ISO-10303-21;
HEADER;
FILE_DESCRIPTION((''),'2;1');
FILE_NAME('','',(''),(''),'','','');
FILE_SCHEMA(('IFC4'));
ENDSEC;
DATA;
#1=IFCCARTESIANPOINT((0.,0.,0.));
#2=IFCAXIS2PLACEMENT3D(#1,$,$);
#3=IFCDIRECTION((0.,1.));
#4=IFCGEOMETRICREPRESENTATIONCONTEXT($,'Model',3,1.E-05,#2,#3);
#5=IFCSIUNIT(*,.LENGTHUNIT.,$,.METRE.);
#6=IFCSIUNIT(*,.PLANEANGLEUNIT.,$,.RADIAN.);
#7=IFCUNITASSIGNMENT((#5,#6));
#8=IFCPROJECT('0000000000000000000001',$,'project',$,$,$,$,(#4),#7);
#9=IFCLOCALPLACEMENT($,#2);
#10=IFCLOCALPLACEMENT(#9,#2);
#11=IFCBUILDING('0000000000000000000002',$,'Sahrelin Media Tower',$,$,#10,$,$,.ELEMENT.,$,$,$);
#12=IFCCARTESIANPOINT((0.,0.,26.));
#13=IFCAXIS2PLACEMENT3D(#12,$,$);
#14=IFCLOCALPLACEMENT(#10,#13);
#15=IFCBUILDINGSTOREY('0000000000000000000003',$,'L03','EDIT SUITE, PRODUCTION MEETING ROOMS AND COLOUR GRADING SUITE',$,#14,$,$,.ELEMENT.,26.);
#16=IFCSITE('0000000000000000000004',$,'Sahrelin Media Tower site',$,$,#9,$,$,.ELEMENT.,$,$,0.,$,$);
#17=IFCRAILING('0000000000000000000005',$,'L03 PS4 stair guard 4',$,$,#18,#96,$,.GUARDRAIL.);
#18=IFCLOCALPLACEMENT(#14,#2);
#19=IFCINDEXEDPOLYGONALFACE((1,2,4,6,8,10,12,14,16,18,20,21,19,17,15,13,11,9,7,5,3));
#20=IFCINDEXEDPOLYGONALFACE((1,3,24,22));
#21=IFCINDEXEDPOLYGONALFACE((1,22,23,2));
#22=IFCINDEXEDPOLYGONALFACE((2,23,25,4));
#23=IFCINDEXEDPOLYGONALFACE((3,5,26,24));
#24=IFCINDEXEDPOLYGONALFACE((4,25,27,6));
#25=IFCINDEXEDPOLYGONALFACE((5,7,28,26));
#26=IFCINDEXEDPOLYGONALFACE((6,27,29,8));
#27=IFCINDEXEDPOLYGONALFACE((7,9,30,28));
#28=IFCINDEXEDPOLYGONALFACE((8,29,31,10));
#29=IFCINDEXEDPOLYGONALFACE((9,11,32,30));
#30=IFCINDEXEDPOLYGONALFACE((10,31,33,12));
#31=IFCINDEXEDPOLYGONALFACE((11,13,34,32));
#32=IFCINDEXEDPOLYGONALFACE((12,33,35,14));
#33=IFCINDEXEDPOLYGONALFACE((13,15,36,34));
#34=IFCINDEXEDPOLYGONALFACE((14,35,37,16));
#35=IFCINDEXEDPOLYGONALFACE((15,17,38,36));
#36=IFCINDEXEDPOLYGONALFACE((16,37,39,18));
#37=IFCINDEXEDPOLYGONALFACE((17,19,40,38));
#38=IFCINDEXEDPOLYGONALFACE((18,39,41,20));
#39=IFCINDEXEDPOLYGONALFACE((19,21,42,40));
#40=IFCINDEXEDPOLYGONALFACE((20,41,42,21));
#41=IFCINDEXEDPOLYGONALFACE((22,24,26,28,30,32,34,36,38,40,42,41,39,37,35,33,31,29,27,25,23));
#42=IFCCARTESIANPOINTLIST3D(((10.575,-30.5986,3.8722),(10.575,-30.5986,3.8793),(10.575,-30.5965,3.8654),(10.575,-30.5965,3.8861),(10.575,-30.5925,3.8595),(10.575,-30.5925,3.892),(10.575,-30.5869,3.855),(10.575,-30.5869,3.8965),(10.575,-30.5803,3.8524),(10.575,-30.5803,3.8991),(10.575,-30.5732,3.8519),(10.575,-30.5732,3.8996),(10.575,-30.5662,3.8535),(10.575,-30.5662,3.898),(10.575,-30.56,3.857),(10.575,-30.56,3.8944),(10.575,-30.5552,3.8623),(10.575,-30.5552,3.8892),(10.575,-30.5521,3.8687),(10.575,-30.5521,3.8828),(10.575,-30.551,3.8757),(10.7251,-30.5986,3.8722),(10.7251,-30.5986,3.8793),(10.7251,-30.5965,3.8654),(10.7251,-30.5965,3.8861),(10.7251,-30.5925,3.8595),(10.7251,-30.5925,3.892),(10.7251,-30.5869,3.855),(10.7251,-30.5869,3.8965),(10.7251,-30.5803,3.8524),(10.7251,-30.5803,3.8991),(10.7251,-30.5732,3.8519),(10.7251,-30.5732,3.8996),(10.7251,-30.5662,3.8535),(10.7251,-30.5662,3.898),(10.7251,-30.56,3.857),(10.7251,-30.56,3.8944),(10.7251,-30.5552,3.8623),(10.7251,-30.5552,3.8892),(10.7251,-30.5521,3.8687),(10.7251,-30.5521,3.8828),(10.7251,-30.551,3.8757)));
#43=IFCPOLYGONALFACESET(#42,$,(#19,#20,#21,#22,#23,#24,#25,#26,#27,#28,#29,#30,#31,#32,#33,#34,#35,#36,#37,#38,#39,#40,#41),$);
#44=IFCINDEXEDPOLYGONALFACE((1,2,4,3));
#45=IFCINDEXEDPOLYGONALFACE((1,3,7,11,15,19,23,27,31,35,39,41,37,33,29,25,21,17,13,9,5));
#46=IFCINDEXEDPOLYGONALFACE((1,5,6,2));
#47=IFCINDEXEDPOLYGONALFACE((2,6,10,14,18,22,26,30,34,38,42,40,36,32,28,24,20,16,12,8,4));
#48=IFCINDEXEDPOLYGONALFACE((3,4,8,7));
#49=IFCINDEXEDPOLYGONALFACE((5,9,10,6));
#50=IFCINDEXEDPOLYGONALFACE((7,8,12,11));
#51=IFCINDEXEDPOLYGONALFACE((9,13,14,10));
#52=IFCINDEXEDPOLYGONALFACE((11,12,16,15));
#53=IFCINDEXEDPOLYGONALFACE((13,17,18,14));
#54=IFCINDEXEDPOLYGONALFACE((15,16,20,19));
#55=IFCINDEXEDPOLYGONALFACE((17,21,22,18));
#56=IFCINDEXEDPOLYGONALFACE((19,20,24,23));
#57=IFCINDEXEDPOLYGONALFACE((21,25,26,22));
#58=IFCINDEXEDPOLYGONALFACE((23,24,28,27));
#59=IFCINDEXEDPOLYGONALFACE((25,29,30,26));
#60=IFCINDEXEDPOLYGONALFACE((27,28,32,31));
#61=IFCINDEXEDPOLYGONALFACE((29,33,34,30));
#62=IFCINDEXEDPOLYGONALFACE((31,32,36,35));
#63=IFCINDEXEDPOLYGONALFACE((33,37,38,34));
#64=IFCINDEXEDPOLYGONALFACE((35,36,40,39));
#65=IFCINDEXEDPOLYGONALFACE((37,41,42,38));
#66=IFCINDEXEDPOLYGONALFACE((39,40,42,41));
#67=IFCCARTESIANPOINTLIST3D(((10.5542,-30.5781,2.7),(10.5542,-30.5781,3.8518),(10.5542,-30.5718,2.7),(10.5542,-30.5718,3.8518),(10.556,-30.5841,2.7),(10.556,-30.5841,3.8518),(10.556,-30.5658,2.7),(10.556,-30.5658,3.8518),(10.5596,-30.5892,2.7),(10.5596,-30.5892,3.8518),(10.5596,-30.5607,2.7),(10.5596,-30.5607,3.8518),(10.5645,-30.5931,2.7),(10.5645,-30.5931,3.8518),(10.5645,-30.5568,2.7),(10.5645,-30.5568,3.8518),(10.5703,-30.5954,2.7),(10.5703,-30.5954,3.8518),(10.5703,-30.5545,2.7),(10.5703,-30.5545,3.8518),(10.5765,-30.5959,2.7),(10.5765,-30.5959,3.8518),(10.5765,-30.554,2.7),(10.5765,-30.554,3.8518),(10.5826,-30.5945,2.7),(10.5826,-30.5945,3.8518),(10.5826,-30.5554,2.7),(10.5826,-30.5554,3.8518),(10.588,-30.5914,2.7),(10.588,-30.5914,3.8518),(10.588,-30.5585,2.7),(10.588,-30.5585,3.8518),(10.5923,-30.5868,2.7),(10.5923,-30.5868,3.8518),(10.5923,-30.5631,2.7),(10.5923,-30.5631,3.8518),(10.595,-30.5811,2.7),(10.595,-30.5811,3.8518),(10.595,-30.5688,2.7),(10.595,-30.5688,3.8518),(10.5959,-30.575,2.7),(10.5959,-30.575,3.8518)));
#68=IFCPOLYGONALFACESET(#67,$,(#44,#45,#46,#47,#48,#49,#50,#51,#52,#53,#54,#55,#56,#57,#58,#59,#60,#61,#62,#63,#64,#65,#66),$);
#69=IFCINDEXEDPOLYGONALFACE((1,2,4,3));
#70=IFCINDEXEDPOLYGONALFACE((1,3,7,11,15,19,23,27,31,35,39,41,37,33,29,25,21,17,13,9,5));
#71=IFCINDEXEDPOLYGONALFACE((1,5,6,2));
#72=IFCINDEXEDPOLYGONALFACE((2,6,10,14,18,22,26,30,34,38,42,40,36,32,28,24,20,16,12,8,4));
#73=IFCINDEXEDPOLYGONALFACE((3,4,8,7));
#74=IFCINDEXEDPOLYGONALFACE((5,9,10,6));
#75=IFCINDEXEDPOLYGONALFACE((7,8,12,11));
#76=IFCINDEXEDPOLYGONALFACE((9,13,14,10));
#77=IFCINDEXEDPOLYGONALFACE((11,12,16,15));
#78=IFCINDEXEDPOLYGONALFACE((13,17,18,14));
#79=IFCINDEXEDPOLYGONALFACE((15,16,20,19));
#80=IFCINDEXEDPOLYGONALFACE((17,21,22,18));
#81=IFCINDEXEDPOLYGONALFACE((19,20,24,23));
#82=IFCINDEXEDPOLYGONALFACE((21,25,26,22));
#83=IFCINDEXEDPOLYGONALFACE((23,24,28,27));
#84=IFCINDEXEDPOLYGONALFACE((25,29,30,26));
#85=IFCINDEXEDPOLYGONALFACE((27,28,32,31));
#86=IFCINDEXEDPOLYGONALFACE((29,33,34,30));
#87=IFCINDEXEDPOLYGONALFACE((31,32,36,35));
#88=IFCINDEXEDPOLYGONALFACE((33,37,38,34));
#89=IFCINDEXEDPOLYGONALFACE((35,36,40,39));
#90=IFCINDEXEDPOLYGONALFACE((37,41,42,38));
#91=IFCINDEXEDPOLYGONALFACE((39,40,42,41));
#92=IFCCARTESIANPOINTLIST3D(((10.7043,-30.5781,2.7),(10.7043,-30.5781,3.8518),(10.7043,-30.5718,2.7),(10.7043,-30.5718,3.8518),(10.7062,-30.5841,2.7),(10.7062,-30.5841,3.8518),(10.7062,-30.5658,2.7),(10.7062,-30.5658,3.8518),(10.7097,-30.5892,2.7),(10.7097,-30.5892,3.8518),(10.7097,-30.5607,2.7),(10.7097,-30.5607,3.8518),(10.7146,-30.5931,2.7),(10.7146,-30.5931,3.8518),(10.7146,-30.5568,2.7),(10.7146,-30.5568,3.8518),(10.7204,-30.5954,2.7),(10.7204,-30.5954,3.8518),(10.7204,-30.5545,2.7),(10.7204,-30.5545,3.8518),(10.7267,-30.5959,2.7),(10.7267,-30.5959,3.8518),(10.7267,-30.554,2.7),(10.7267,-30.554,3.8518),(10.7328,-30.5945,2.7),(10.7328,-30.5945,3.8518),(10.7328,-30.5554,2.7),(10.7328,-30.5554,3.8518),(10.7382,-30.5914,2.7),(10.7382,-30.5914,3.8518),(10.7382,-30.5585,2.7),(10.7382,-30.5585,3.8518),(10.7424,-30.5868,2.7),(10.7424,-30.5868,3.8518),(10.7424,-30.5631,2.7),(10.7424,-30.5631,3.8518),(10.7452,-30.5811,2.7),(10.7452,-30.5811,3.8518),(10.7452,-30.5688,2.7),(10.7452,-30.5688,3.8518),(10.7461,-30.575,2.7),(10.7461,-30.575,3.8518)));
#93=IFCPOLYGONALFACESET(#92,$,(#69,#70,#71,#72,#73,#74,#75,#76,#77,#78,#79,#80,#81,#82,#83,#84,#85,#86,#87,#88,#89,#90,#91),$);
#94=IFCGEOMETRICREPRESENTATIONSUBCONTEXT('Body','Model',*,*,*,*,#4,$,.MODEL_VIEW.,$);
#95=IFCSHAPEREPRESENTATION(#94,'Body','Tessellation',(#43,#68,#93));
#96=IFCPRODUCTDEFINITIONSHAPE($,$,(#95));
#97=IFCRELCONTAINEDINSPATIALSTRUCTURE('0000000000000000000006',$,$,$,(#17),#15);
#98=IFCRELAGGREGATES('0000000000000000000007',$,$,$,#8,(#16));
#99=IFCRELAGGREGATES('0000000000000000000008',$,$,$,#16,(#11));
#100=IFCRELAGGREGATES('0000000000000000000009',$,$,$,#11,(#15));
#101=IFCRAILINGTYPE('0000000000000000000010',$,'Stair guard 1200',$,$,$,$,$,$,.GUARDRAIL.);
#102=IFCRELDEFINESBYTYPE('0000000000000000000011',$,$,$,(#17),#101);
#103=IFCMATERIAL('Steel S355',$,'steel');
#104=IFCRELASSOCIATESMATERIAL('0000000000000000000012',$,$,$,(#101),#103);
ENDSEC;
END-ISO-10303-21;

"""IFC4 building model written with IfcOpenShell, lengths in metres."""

from ifc_helpers import new_model, si_unit, direction, frame, origin, origin_2d, place, context, subcontext, project, spatial, circle, extrude, material, type_object, element, save


model = new_model("IFC4")

# Units and contexts
model_context = context("Model", 3, precision=1e-05, world=origin(), true_north=direction((0.0, 1.0)))
body_context = subcontext(model_context, "Body", "Model", "MODEL_VIEW")
ifc_project = project(units=[si_unit("LENGTHUNIT", "METRE"), si_unit("PLANEANGLEUNIT", "RADIAN")], contexts=[model_context])

# Site, building, storey
site_placement = place(None, origin())
site = spatial("IfcSite", under=ifc_project, at=site_placement, Name="Sahrelin Media Tower site", CompositionType="ELEMENT", RefElevation=0.0)
building_placement = place(site_placement, origin())
building = spatial("IfcBuilding", under=site, at=building_placement, Name="Sahrelin Media Tower", CompositionType="ELEMENT")
storey_placement = place(building_placement, frame((0.0, 0.0, 26.0)))
storey = spatial("IfcBuildingStorey", under=building, at=storey_placement, Name="L03", Description="EDIT SUITE, PRODUCTION MEETING ROOMS AND COLOUR GRADING SUITE", CompositionType="ELEMENT", Elevation=26.0)

# Shared definitions
ifc_material_1 = material(Name="Steel S355", Category="steel")

# Railing
railing_type_1 = type_object("IfcRailingType", Name="Stair guard 1200", PredefinedType="GUARDRAIL", material=ifc_material_1)
railing_1_placement = place(storey_placement, frame((10.575, -30.575, 2.7)))
element("IfcRailing", 1, at=railing_1_placement, inside=storey, type_object=railing_type_1, Name="L03 PS4 stair guard 4", PredefinedType="GUARDRAIL", context=body_context, shape_type="SweptSolid", body=[
    extrude(circle(Radius=0.0239, at=origin_2d()), frame((0.0, 0.0, 1.1758), z_axis=(1.0, 0.0, 0.0), x_axis=(0.0, 1.0, 0.0)), (0.0, 0.0, 1.0), 0.1501),
    extrude(circle(Radius=0.021, at=origin_2d()), origin(), (0.0, 0.0, 1.0), 1.1519),
    extrude(circle(Radius=0.021, at=origin_2d()), frame((0.1501, 0.0, 0.0)), (0.0, 0.0, 1.0), 1.1519),
])

save(model, "model.ifc")
